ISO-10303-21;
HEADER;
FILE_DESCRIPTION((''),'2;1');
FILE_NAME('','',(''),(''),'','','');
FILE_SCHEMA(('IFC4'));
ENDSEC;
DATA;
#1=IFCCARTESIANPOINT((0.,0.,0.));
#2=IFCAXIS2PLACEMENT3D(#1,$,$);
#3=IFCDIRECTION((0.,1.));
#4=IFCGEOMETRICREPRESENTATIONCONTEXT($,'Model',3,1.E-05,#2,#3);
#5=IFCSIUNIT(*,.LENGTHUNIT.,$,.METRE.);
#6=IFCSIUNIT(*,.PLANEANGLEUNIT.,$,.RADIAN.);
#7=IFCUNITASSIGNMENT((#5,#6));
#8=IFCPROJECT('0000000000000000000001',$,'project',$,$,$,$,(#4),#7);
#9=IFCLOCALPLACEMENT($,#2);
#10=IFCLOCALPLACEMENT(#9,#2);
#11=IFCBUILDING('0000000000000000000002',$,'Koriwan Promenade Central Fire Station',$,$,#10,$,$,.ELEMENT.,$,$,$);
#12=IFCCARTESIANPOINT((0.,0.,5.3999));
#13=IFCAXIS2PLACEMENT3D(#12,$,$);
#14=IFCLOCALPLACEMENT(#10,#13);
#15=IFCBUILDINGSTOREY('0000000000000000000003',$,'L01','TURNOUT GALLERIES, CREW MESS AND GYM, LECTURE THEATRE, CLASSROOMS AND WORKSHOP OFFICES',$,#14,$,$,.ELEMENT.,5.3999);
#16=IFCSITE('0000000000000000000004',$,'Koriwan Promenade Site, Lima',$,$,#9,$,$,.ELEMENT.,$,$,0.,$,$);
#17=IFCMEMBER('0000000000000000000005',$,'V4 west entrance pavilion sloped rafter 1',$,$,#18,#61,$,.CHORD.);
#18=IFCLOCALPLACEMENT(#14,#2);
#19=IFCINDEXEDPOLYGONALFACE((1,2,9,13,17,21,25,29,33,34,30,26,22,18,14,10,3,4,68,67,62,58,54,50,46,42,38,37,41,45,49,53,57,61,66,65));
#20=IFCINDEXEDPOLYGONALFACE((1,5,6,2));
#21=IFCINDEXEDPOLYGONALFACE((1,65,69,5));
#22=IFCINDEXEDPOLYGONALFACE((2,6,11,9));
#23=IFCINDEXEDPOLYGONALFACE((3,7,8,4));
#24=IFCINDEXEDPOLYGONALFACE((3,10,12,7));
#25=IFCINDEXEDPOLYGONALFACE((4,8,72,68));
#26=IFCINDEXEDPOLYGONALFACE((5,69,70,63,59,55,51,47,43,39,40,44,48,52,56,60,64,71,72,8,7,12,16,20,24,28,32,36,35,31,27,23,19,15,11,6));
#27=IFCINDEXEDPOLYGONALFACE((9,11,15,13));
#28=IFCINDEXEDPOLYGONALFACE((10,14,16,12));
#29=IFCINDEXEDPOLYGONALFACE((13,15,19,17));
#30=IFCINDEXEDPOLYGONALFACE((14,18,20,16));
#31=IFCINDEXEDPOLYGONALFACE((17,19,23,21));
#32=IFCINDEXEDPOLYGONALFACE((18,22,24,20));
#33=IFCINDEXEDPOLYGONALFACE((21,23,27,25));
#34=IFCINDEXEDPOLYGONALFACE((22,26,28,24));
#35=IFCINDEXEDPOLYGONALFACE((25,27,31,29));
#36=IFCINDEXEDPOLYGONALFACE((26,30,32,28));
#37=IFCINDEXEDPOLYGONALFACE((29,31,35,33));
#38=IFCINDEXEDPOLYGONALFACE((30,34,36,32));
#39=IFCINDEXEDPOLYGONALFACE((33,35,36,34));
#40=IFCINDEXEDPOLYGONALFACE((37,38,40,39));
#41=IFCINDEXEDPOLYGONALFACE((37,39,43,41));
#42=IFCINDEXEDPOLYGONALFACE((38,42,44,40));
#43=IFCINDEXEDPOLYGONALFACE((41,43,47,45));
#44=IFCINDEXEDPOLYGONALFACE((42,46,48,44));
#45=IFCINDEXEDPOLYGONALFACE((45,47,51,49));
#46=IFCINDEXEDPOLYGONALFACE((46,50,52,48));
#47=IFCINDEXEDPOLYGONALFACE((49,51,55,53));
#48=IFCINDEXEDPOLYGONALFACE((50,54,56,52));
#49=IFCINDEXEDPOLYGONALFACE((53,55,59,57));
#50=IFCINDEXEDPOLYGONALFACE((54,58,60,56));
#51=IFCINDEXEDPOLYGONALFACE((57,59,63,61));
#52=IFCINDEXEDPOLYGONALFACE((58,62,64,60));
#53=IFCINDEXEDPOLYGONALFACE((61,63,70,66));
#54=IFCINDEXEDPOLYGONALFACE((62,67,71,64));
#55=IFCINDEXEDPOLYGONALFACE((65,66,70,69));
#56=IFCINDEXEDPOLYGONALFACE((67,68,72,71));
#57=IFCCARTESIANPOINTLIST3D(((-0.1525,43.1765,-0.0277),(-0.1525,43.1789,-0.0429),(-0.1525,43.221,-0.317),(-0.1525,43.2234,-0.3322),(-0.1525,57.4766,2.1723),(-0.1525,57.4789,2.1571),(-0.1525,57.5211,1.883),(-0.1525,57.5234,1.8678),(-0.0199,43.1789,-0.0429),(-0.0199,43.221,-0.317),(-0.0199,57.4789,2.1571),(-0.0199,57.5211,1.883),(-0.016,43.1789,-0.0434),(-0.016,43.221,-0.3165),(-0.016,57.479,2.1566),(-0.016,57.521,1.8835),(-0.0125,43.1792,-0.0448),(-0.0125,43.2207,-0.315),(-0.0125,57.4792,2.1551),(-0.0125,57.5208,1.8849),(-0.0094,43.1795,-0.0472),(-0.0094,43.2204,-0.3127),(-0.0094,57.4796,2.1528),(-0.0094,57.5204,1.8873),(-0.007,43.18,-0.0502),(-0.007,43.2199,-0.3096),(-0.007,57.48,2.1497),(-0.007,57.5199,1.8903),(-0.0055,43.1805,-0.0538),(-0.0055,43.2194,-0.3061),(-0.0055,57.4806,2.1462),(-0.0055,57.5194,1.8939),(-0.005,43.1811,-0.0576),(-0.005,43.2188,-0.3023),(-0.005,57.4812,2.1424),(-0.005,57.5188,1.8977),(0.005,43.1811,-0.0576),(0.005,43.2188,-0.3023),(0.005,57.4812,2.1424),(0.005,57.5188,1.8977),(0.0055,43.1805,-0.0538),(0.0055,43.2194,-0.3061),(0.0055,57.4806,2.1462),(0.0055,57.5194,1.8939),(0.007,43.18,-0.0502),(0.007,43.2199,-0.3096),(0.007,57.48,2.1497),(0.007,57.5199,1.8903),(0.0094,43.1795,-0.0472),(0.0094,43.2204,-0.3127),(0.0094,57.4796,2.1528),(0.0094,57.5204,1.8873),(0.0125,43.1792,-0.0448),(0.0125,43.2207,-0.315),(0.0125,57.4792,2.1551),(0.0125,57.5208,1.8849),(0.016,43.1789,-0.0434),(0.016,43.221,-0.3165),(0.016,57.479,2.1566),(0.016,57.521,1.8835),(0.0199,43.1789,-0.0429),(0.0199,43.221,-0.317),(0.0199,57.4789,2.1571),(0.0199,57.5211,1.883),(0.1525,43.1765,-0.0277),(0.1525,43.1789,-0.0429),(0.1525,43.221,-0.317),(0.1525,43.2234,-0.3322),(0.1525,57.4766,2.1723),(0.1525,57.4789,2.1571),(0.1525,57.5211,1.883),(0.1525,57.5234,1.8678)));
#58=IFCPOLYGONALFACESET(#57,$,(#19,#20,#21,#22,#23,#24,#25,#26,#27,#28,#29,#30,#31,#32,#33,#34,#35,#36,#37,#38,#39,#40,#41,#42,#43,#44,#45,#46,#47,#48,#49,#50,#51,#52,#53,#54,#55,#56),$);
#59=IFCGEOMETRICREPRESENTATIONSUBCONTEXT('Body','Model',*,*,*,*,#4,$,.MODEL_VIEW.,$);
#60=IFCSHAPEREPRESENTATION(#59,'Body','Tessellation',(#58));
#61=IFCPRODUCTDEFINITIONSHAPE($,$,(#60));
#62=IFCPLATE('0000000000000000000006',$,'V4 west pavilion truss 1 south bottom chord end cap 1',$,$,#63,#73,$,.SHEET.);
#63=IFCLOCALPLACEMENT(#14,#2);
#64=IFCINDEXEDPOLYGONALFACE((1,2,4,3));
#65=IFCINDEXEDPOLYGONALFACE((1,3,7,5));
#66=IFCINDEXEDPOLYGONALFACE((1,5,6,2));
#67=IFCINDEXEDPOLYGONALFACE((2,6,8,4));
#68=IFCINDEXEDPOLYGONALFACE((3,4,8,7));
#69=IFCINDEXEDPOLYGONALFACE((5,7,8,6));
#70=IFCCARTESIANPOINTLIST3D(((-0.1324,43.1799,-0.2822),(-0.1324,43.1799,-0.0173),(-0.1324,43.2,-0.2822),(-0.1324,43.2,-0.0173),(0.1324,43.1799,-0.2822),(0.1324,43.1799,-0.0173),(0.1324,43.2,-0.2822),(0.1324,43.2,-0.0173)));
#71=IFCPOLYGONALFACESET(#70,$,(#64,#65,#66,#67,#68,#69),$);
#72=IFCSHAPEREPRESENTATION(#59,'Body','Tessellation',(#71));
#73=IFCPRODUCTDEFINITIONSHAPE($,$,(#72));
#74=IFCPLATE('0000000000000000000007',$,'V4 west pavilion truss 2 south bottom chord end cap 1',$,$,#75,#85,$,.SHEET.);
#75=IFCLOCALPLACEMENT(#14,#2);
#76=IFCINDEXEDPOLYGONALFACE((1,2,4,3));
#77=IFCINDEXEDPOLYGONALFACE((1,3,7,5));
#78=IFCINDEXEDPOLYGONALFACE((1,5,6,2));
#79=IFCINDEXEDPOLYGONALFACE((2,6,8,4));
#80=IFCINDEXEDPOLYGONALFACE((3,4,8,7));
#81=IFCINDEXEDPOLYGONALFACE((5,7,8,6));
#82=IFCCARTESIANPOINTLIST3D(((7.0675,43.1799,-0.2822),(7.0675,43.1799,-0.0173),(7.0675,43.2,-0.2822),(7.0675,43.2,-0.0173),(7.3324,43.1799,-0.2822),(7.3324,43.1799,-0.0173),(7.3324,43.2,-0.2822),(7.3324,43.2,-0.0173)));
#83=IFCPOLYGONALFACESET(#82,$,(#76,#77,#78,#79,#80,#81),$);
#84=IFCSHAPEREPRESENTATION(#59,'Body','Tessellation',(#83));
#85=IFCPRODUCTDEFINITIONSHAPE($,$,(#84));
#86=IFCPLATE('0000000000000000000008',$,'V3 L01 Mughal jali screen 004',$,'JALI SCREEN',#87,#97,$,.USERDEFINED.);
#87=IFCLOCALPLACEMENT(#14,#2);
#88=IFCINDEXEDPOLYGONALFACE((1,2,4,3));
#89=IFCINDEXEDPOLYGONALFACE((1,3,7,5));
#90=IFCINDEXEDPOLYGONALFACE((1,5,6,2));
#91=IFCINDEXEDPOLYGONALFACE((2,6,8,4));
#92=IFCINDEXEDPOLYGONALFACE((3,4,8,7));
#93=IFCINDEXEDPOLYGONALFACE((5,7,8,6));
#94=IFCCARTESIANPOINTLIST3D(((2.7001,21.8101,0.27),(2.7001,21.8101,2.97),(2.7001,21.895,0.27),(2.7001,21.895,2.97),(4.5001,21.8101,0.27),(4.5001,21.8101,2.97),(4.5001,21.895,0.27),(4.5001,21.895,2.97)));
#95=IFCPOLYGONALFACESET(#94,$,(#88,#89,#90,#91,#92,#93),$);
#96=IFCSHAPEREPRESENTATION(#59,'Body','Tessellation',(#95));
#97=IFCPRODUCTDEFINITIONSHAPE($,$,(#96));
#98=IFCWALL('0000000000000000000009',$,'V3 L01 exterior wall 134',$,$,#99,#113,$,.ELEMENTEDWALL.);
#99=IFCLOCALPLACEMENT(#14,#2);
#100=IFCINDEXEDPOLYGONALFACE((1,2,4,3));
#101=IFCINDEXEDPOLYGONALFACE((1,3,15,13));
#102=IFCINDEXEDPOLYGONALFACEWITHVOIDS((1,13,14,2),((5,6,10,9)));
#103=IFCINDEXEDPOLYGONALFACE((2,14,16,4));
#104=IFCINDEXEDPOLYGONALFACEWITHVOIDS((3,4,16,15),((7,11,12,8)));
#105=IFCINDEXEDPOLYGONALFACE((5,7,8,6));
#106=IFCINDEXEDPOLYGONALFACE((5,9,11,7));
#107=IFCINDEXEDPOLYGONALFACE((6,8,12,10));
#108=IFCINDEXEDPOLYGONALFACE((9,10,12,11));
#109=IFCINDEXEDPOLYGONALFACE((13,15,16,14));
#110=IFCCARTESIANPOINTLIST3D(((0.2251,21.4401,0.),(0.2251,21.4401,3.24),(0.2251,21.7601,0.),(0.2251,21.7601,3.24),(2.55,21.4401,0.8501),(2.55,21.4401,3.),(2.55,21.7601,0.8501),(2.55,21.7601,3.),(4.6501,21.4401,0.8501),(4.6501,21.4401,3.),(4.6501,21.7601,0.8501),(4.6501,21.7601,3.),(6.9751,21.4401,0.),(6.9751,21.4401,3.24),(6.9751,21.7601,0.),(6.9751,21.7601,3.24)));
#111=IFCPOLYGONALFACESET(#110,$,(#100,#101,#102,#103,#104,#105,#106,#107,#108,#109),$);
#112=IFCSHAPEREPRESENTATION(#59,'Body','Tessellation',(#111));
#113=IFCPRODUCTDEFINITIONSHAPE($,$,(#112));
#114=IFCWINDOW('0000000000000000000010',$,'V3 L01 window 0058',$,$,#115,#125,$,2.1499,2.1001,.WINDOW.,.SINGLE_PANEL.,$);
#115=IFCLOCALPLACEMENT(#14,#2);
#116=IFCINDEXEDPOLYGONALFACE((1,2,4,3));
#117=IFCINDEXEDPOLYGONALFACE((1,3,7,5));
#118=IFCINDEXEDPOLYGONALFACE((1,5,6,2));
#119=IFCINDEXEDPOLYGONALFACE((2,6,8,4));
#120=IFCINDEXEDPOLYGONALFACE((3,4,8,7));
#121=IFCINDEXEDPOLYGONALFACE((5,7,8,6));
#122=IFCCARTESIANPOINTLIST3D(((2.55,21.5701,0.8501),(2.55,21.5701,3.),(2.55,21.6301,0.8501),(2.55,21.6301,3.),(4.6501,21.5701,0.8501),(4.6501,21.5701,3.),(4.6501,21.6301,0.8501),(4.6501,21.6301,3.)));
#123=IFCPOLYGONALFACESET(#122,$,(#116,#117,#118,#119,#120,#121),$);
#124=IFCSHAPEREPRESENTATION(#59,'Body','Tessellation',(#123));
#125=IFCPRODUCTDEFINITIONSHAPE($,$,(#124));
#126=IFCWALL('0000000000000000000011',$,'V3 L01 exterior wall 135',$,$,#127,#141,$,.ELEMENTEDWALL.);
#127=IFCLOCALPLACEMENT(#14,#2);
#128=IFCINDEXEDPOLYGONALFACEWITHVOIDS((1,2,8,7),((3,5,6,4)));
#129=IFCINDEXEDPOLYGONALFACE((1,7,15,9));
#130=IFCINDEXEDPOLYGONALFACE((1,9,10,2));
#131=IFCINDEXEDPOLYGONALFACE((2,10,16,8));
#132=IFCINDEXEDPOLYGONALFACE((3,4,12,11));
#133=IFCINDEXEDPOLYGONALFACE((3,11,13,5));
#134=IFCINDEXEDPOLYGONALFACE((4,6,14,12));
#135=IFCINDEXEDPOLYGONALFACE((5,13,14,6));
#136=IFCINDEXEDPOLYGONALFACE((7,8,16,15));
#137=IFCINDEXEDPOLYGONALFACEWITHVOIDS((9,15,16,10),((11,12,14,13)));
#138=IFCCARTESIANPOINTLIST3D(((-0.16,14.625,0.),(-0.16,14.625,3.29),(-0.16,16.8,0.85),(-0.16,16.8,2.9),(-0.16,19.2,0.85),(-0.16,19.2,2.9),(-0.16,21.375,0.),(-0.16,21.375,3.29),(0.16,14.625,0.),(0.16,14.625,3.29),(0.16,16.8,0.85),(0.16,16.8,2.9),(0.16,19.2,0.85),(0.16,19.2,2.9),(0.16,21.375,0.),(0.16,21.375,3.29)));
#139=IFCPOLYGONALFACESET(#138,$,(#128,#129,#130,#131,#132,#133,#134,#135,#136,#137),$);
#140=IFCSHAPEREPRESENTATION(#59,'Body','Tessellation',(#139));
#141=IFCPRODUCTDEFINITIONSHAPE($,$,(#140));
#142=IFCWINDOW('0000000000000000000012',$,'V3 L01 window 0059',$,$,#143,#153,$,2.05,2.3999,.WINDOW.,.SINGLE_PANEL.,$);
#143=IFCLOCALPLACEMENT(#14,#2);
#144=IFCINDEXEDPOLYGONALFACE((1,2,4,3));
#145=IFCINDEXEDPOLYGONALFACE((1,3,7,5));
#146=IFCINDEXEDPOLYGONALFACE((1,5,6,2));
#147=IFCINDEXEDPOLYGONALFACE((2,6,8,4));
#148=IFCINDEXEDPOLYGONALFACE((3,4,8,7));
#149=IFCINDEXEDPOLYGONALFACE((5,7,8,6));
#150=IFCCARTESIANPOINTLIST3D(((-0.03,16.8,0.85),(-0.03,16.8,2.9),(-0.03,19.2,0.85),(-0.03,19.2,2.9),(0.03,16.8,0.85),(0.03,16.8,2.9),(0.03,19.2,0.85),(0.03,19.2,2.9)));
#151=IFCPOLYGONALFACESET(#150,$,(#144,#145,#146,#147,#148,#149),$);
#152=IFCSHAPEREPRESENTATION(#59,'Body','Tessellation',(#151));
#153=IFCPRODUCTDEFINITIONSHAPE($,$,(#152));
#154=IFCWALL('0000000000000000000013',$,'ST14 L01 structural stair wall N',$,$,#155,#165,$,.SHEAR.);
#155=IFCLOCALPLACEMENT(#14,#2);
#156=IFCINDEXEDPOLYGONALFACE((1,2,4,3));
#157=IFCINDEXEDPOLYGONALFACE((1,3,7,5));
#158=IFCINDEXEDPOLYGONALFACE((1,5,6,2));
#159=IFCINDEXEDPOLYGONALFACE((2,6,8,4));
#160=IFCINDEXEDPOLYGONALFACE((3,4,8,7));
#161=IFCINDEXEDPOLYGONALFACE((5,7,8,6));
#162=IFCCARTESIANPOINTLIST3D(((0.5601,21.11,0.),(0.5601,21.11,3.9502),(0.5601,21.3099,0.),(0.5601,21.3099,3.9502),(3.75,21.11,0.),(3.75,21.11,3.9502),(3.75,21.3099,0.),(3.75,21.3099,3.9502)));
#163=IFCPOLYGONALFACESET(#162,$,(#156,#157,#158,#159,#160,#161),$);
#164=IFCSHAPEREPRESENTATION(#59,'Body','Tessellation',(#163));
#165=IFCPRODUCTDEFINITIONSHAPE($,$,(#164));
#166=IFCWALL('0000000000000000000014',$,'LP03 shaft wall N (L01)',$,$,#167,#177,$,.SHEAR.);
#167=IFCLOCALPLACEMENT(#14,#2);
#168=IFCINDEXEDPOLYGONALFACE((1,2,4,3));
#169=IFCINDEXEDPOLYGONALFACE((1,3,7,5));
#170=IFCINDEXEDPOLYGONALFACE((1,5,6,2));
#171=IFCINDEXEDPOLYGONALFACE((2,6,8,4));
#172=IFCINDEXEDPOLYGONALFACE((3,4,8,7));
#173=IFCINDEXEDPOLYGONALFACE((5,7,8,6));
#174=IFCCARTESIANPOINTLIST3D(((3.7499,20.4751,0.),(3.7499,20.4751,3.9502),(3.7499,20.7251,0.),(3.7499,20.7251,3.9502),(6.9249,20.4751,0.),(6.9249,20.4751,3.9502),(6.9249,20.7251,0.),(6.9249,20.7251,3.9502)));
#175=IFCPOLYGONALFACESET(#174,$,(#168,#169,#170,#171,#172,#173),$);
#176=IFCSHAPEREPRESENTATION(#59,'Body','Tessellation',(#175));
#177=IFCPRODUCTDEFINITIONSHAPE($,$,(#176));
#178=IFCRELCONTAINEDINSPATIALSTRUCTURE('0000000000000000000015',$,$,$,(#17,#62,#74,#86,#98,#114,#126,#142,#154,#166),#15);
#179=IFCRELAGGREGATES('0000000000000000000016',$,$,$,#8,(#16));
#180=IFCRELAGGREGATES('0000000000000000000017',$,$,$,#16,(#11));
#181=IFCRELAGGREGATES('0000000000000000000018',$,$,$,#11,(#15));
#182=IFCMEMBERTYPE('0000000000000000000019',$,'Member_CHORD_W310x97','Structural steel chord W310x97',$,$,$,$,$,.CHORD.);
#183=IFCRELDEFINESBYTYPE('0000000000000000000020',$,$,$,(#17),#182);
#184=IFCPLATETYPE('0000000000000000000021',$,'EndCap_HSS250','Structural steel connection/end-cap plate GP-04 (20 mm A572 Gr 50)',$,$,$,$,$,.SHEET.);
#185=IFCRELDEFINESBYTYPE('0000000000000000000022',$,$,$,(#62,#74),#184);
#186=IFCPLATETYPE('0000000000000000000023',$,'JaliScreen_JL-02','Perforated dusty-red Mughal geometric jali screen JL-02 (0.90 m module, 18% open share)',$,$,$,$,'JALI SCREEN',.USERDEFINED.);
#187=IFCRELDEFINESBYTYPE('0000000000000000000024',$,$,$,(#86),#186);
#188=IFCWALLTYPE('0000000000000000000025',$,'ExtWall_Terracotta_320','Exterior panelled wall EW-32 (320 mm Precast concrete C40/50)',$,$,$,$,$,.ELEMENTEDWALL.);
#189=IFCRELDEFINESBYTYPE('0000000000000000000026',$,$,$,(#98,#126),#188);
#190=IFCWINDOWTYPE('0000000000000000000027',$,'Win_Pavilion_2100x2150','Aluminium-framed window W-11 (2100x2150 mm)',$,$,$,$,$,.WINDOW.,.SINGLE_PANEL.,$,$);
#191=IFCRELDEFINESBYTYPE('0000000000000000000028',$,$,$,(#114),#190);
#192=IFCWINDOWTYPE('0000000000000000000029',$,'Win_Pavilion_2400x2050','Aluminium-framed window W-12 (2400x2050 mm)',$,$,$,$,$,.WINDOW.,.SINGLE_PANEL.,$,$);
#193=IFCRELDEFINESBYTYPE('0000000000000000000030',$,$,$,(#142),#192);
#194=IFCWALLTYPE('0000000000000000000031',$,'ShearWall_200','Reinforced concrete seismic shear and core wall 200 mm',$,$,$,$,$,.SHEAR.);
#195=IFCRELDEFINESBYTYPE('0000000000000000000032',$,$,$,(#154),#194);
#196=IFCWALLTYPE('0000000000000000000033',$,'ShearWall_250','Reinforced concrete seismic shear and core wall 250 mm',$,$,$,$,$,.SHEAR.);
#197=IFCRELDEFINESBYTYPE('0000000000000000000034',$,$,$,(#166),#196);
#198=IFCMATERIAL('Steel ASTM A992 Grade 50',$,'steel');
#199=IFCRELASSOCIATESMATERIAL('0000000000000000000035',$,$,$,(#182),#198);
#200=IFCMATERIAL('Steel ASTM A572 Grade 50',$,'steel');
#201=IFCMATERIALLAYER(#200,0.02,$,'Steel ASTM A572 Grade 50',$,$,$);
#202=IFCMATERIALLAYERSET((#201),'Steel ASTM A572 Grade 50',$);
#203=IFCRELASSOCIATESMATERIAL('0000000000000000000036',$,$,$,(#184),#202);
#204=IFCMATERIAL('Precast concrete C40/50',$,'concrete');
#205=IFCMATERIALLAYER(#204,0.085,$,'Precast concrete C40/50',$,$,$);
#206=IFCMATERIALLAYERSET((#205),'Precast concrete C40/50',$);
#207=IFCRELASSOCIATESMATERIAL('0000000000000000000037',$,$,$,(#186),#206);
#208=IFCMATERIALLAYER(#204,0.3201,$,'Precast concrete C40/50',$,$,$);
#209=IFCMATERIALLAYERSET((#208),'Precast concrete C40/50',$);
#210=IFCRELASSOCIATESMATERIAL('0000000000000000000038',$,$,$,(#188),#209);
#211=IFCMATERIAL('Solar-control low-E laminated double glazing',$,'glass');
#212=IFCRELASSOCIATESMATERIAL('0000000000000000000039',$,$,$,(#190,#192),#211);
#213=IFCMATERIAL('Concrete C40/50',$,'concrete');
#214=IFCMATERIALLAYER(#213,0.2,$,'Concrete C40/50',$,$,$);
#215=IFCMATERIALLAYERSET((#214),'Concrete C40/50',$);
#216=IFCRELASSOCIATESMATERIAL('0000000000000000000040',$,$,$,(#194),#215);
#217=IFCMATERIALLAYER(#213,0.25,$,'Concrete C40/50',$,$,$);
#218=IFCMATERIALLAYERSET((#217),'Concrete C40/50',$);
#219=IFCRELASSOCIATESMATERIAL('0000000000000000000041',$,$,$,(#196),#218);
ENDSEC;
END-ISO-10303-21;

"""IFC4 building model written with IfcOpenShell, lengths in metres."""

from ifc_helpers import new_model, si_unit, direction, frame, frame_2d, origin, origin_2d, place, context, subcontext, project, spatial, rectangle, i_section, extrude, material, layer, layer_set, material_profile, profile_set, type_object, element, fill, save


model = new_model("IFC4")

# Units and contexts
model_context = context("Model", 3, precision=1e-05, world=origin(), true_north=direction((0.0, 1.0)))
body_context = subcontext(model_context, "Body", "Model", "MODEL_VIEW")
ifc_project = project(units=[si_unit("LENGTHUNIT", "METRE"), si_unit("PLANEANGLEUNIT", "RADIAN")], contexts=[model_context])

# Site, building, storey
site_placement = place(None, origin())
site = spatial("IfcSite", under=ifc_project, at=site_placement, Name="Koriwan Promenade Site, Lima", CompositionType="ELEMENT", RefElevation=0.0)
building_placement = place(site_placement, origin())
building = spatial("IfcBuilding", under=site, at=building_placement, Name="Koriwan Promenade Central Fire Station", CompositionType="ELEMENT")
storey_placement = place(building_placement, frame((0.0, 0.0, 5.3999)))
storey = spatial("IfcBuildingStorey", under=building, at=storey_placement, Name="L01", Description="TURNOUT GALLERIES, CREW MESS AND GYM, LECTURE THEATRE, CLASSROOMS AND WORKSHOP OFFICES", CompositionType="ELEMENT", Elevation=5.3999)

# Shared definitions
ifc_material_1 = material(Name="Concrete C40/50", Category="concrete")

# Member
ifc_material_2 = material(Name="Steel ASTM A992 Grade 50", Category="steel")
ifc_material_profile_1 = material_profile(ifc_material_2, i_section(OverallWidth=0.3049, OverallDepth=0.3081, WebThickness=0.01, FlangeThickness=0.0154, FilletRadius=0.0149, at=origin_2d()), Name="W310x97")
ifc_profile_set_1 = profile_set([ifc_material_profile_1], Name="Steel ASTM A992 Grade 50")
member_type_1 = type_object("IfcMemberType", Name="Member_CHORD_W310x97", Description="Structural steel chord W310x97", PredefinedType="CHORD", material=ifc_profile_set_1)
member_placement = place(storey_placement, frame((0.0, 43.2, -0.1799), z_axis=(0.0, 0.988372, 0.152053), x_axis=(-1.0, 0.0, 0.0)))
element("IfcMember", 1, at=member_placement, inside=storey, type_object=member_type_1, Name="V4 west entrance pavilion sloped rafter 1", PredefinedType="CHORD", context=body_context, shape_type="SweptSolid", body=[
    extrude(i_section(OverallWidth=0.3049, OverallDepth=0.3081, WebThickness=0.01, FlangeThickness=0.0154, FilletRadius=0.0149, at=origin_2d()), origin(), (0.0, 0.0, 1.0), 14.4683),
])

# Plates
ifc_material_3 = material(Name="Steel ASTM A572 Grade 50", Category="steel")
ifc_layer_1 = layer(ifc_material_3, 0.02, Name="Steel ASTM A572 Grade 50")
ifc_layer_set_1 = layer_set([ifc_layer_1], Name="Steel ASTM A572 Grade 50")
plate_type_1 = type_object("IfcPlateType", Name="EndCap_HSS250", Description="Structural steel connection/end-cap plate GP-04 (20 mm A572 Gr 50)", PredefinedType="SHEET", material=ifc_layer_set_1)
for number, where, z_axis, x_axis, name in (
    (2, (0.0, 43.1899, -0.2822), (0.0, 0.0, 1.0), (0.0, 1.0, 0.0), "V4 west pavilion truss 1 south bottom chord end cap 1"),
    (3, (7.2, 43.1899, -0.2822), (0.0, 0.0, 1.0), (0.0, 1.0, 0.0), "V4 west pavilion truss 2 south bottom chord end cap 1"),
):
    element("IfcPlate", number, at=place(storey_placement, frame(where, z_axis=z_axis, x_axis=x_axis)), inside=storey, type_object=plate_type_1, Name=name, PredefinedType="SHEET", context=body_context, shape_type="SweptSolid", body=[
        extrude(rectangle(XDim=0.02, YDim=0.2649, at=origin_2d()), origin(), (0.0, 0.0, 1.0), 0.2649),
    ])
ifc_material_4 = material(Name="Precast concrete C40/50", Category="concrete")
ifc_layer_2 = layer(ifc_material_4, 0.085, Name="Precast concrete C40/50")
ifc_layer_set_2 = layer_set([ifc_layer_2], Name="Precast concrete C40/50")
plate_type_2 = type_object("IfcPlateType", Name="JaliScreen_JL-02", Description="Perforated dusty-red Mughal geometric jali screen JL-02 (0.90 m module, 18% open share)", ElementType="JALI SCREEN", PredefinedType="USERDEFINED", material=ifc_layer_set_2)
plate_placement = place(storey_placement, frame((3.6001, 21.8525, 0.27), z_axis=(0.0, 0.0, 1.0), x_axis=(-1.0, 0.0, 0.0)))
element("IfcPlate", 4, at=plate_placement, inside=storey, type_object=plate_type_2, Name="V3 L01 Mughal jali screen 004", ObjectType="JALI SCREEN", PredefinedType="USERDEFINED", context=body_context, shape_type="SweptSolid", body=[
    extrude(rectangle(XDim=1.8, YDim=0.085, at=origin_2d()), origin(), (0.0, 0.0, 1.0), 2.7),
])

# Walls, openings, windows
ifc_layer_3 = layer(ifc_material_4, 0.3201, Name="Precast concrete C40/50")
ifc_layer_set_3 = layer_set([ifc_layer_3], Name="Precast concrete C40/50")
wall_type_1 = type_object("IfcWallType", Name="ExtWall_Terracotta_320", Description="Exterior panelled wall EW-32 (320 mm Precast concrete C40/50)", PredefinedType="ELEMENTEDWALL", material=ifc_layer_set_3)
wall_1_placement = place(storey_placement, frame((6.9751, 21.6001, 0.0), z_axis=(0.0, 0.0, 1.0), x_axis=(-1.0, 0.0, 0.0)))
wall_1 = element("IfcWall", 5, at=wall_1_placement, inside=storey, type_object=wall_type_1, Name="V3 L01 exterior wall 134", PredefinedType="ELEMENTEDWALL", context=body_context, shape_type="SweptSolid", body=[
    extrude(rectangle(XDim=6.75, YDim=0.3201, at=frame_2d((3.375, 0.0))), origin(), (0.0, 0.0, 1.0), 3.24),
])
opening_1_placement = place(wall_1_placement, frame((2.325, 0.0, 0.8501)))
opening_1 = element("IfcOpeningElement", 6, at=opening_1_placement, cuts=wall_1, PredefinedType="OPENING", context=body_context, shape_type="SweptSolid", body=[
    extrude(rectangle(XDim=2.1001, YDim=2.1499, at=frame_2d((1.05, 1.075))), frame((0.0, 0.1719, 0.0), z_axis=(0.0, -1.0, 0.0), x_axis=(1.0, 0.0, 0.0)), (0.0, 0.0, 1.0), 0.344),
])
ifc_material_5 = material(Name="Solar-control low-E laminated double glazing", Category="glass")
window_type_1 = type_object("IfcWindowType", Name="Win_Pavilion_2100x2150", Description="Aluminium-framed window W-11 (2100x2150 mm)", PartitioningType="SINGLE_PANEL", PredefinedType="WINDOW", material=ifc_material_5)
window_1_placement = place(opening_1_placement, origin())
window_1 = element("IfcWindow", 7, at=window_1_placement, inside=storey, type_object=window_type_1, Name="V3 L01 window 0058", OverallHeight=2.1499, OverallWidth=2.1001, PartitioningType="SINGLE_PANEL", PredefinedType="WINDOW", context=body_context, shape_type="SweptSolid", body=[
    extrude(rectangle(XDim=2.1001, YDim=2.1499, at=frame_2d((1.05, 1.075))), frame((0.0, 0.03, 0.0), z_axis=(0.0, -1.0, 0.0), x_axis=(1.0, 0.0, 0.0)), (0.0, 0.0, 1.0), 0.0601),
])
fill(opening_1, window_1)
wall_2_placement = place(storey_placement, frame((0.0, 21.375, 0.0), z_axis=(0.0, 0.0, 1.0), x_axis=(0.0, -1.0, 0.0)))
wall_2 = element("IfcWall", 8, at=wall_2_placement, inside=storey, type_object=wall_type_1, Name="V3 L01 exterior wall 135", PredefinedType="ELEMENTEDWALL", context=body_context, shape_type="SweptSolid", body=[
    extrude(rectangle(XDim=6.75, YDim=0.3201, at=frame_2d((3.375, 0.0))), origin(), (0.0, 0.0, 1.0), 3.29),
])
opening_2_placement = place(wall_2_placement, frame((2.175, 0.0, 0.8501)))
opening_2 = element("IfcOpeningElement", 9, at=opening_2_placement, cuts=wall_2, PredefinedType="OPENING", context=body_context, shape_type="SweptSolid", body=[
    extrude(rectangle(XDim=2.3999, YDim=2.05, at=frame_2d((1.2, 1.0249))), frame((0.0, 0.1719, 0.0), z_axis=(0.0, -1.0, 0.0), x_axis=(1.0, 0.0, 0.0)), (0.0, 0.0, 1.0), 0.344),
])
window_type_2 = type_object("IfcWindowType", Name="Win_Pavilion_2400x2050", Description="Aluminium-framed window W-12 (2400x2050 mm)", PartitioningType="SINGLE_PANEL", PredefinedType="WINDOW", material=ifc_material_5)
window_2_placement = place(opening_2_placement, origin())
window_2 = element("IfcWindow", 10, at=window_2_placement, inside=storey, type_object=window_type_2, Name="V3 L01 window 0059", OverallHeight=2.05, OverallWidth=2.3999, PartitioningType="SINGLE_PANEL", PredefinedType="WINDOW", context=body_context, shape_type="SweptSolid", body=[
    extrude(rectangle(XDim=2.3999, YDim=2.05, at=frame_2d((1.2, 1.0249))), frame((0.0, 0.03, 0.0), z_axis=(0.0, -1.0, 0.0), x_axis=(1.0, 0.0, 0.0)), (0.0, 0.0, 1.0), 0.0601),
])
fill(opening_2, window_2)

# Walls
ifc_layer_4 = layer(ifc_material_1, 0.2, Name="Concrete C40/50")
ifc_layer_set_4 = layer_set([ifc_layer_4], Name="Concrete C40/50")
wall_type_2 = type_object("IfcWallType", Name="ShearWall_200", Description="Reinforced concrete seismic shear and core wall 200 mm", PredefinedType="SHEAR", material=ifc_layer_set_4)
wall_3_placement = place(storey_placement, frame((0.5601, 21.21, 0.0), z_axis=(0.0, 0.0, 1.0), x_axis=(1.0, 0.0, 0.0)))
element("IfcWall", 11, at=wall_3_placement, inside=storey, type_object=wall_type_2, Name="ST14 L01 structural stair wall N", PredefinedType="SHEAR", context=body_context, shape_type="SweptSolid", body=[
    extrude(rectangle(XDim=3.1899, YDim=0.2, at=frame_2d((1.595, 0.0))), origin(), (0.0, 0.0, 1.0), 3.9502),
])
ifc_layer_5 = layer(ifc_material_1, 0.25, Name="Concrete C40/50")
ifc_layer_set_5 = layer_set([ifc_layer_5], Name="Concrete C40/50")
wall_type_3 = type_object("IfcWallType", Name="ShearWall_250", Description="Reinforced concrete seismic shear and core wall 250 mm", PredefinedType="SHEAR", material=ifc_layer_set_5)
wall_4_placement = place(storey_placement, frame((3.75, 20.6001, 0.0), z_axis=(0.0, 0.0, 1.0), x_axis=(1.0, 0.0, 0.0)))
element("IfcWall", 12, at=wall_4_placement, inside=storey, type_object=wall_type_3, Name="LP03 shaft wall N (L01)", PredefinedType="SHEAR", context=body_context, shape_type="SweptSolid", body=[
    extrude(rectangle(XDim=3.175, YDim=0.25, at=frame_2d((1.5874, 0.0))), origin(), (0.0, 0.0, 1.0), 3.9502),
])

save(model, "model.ifc")
